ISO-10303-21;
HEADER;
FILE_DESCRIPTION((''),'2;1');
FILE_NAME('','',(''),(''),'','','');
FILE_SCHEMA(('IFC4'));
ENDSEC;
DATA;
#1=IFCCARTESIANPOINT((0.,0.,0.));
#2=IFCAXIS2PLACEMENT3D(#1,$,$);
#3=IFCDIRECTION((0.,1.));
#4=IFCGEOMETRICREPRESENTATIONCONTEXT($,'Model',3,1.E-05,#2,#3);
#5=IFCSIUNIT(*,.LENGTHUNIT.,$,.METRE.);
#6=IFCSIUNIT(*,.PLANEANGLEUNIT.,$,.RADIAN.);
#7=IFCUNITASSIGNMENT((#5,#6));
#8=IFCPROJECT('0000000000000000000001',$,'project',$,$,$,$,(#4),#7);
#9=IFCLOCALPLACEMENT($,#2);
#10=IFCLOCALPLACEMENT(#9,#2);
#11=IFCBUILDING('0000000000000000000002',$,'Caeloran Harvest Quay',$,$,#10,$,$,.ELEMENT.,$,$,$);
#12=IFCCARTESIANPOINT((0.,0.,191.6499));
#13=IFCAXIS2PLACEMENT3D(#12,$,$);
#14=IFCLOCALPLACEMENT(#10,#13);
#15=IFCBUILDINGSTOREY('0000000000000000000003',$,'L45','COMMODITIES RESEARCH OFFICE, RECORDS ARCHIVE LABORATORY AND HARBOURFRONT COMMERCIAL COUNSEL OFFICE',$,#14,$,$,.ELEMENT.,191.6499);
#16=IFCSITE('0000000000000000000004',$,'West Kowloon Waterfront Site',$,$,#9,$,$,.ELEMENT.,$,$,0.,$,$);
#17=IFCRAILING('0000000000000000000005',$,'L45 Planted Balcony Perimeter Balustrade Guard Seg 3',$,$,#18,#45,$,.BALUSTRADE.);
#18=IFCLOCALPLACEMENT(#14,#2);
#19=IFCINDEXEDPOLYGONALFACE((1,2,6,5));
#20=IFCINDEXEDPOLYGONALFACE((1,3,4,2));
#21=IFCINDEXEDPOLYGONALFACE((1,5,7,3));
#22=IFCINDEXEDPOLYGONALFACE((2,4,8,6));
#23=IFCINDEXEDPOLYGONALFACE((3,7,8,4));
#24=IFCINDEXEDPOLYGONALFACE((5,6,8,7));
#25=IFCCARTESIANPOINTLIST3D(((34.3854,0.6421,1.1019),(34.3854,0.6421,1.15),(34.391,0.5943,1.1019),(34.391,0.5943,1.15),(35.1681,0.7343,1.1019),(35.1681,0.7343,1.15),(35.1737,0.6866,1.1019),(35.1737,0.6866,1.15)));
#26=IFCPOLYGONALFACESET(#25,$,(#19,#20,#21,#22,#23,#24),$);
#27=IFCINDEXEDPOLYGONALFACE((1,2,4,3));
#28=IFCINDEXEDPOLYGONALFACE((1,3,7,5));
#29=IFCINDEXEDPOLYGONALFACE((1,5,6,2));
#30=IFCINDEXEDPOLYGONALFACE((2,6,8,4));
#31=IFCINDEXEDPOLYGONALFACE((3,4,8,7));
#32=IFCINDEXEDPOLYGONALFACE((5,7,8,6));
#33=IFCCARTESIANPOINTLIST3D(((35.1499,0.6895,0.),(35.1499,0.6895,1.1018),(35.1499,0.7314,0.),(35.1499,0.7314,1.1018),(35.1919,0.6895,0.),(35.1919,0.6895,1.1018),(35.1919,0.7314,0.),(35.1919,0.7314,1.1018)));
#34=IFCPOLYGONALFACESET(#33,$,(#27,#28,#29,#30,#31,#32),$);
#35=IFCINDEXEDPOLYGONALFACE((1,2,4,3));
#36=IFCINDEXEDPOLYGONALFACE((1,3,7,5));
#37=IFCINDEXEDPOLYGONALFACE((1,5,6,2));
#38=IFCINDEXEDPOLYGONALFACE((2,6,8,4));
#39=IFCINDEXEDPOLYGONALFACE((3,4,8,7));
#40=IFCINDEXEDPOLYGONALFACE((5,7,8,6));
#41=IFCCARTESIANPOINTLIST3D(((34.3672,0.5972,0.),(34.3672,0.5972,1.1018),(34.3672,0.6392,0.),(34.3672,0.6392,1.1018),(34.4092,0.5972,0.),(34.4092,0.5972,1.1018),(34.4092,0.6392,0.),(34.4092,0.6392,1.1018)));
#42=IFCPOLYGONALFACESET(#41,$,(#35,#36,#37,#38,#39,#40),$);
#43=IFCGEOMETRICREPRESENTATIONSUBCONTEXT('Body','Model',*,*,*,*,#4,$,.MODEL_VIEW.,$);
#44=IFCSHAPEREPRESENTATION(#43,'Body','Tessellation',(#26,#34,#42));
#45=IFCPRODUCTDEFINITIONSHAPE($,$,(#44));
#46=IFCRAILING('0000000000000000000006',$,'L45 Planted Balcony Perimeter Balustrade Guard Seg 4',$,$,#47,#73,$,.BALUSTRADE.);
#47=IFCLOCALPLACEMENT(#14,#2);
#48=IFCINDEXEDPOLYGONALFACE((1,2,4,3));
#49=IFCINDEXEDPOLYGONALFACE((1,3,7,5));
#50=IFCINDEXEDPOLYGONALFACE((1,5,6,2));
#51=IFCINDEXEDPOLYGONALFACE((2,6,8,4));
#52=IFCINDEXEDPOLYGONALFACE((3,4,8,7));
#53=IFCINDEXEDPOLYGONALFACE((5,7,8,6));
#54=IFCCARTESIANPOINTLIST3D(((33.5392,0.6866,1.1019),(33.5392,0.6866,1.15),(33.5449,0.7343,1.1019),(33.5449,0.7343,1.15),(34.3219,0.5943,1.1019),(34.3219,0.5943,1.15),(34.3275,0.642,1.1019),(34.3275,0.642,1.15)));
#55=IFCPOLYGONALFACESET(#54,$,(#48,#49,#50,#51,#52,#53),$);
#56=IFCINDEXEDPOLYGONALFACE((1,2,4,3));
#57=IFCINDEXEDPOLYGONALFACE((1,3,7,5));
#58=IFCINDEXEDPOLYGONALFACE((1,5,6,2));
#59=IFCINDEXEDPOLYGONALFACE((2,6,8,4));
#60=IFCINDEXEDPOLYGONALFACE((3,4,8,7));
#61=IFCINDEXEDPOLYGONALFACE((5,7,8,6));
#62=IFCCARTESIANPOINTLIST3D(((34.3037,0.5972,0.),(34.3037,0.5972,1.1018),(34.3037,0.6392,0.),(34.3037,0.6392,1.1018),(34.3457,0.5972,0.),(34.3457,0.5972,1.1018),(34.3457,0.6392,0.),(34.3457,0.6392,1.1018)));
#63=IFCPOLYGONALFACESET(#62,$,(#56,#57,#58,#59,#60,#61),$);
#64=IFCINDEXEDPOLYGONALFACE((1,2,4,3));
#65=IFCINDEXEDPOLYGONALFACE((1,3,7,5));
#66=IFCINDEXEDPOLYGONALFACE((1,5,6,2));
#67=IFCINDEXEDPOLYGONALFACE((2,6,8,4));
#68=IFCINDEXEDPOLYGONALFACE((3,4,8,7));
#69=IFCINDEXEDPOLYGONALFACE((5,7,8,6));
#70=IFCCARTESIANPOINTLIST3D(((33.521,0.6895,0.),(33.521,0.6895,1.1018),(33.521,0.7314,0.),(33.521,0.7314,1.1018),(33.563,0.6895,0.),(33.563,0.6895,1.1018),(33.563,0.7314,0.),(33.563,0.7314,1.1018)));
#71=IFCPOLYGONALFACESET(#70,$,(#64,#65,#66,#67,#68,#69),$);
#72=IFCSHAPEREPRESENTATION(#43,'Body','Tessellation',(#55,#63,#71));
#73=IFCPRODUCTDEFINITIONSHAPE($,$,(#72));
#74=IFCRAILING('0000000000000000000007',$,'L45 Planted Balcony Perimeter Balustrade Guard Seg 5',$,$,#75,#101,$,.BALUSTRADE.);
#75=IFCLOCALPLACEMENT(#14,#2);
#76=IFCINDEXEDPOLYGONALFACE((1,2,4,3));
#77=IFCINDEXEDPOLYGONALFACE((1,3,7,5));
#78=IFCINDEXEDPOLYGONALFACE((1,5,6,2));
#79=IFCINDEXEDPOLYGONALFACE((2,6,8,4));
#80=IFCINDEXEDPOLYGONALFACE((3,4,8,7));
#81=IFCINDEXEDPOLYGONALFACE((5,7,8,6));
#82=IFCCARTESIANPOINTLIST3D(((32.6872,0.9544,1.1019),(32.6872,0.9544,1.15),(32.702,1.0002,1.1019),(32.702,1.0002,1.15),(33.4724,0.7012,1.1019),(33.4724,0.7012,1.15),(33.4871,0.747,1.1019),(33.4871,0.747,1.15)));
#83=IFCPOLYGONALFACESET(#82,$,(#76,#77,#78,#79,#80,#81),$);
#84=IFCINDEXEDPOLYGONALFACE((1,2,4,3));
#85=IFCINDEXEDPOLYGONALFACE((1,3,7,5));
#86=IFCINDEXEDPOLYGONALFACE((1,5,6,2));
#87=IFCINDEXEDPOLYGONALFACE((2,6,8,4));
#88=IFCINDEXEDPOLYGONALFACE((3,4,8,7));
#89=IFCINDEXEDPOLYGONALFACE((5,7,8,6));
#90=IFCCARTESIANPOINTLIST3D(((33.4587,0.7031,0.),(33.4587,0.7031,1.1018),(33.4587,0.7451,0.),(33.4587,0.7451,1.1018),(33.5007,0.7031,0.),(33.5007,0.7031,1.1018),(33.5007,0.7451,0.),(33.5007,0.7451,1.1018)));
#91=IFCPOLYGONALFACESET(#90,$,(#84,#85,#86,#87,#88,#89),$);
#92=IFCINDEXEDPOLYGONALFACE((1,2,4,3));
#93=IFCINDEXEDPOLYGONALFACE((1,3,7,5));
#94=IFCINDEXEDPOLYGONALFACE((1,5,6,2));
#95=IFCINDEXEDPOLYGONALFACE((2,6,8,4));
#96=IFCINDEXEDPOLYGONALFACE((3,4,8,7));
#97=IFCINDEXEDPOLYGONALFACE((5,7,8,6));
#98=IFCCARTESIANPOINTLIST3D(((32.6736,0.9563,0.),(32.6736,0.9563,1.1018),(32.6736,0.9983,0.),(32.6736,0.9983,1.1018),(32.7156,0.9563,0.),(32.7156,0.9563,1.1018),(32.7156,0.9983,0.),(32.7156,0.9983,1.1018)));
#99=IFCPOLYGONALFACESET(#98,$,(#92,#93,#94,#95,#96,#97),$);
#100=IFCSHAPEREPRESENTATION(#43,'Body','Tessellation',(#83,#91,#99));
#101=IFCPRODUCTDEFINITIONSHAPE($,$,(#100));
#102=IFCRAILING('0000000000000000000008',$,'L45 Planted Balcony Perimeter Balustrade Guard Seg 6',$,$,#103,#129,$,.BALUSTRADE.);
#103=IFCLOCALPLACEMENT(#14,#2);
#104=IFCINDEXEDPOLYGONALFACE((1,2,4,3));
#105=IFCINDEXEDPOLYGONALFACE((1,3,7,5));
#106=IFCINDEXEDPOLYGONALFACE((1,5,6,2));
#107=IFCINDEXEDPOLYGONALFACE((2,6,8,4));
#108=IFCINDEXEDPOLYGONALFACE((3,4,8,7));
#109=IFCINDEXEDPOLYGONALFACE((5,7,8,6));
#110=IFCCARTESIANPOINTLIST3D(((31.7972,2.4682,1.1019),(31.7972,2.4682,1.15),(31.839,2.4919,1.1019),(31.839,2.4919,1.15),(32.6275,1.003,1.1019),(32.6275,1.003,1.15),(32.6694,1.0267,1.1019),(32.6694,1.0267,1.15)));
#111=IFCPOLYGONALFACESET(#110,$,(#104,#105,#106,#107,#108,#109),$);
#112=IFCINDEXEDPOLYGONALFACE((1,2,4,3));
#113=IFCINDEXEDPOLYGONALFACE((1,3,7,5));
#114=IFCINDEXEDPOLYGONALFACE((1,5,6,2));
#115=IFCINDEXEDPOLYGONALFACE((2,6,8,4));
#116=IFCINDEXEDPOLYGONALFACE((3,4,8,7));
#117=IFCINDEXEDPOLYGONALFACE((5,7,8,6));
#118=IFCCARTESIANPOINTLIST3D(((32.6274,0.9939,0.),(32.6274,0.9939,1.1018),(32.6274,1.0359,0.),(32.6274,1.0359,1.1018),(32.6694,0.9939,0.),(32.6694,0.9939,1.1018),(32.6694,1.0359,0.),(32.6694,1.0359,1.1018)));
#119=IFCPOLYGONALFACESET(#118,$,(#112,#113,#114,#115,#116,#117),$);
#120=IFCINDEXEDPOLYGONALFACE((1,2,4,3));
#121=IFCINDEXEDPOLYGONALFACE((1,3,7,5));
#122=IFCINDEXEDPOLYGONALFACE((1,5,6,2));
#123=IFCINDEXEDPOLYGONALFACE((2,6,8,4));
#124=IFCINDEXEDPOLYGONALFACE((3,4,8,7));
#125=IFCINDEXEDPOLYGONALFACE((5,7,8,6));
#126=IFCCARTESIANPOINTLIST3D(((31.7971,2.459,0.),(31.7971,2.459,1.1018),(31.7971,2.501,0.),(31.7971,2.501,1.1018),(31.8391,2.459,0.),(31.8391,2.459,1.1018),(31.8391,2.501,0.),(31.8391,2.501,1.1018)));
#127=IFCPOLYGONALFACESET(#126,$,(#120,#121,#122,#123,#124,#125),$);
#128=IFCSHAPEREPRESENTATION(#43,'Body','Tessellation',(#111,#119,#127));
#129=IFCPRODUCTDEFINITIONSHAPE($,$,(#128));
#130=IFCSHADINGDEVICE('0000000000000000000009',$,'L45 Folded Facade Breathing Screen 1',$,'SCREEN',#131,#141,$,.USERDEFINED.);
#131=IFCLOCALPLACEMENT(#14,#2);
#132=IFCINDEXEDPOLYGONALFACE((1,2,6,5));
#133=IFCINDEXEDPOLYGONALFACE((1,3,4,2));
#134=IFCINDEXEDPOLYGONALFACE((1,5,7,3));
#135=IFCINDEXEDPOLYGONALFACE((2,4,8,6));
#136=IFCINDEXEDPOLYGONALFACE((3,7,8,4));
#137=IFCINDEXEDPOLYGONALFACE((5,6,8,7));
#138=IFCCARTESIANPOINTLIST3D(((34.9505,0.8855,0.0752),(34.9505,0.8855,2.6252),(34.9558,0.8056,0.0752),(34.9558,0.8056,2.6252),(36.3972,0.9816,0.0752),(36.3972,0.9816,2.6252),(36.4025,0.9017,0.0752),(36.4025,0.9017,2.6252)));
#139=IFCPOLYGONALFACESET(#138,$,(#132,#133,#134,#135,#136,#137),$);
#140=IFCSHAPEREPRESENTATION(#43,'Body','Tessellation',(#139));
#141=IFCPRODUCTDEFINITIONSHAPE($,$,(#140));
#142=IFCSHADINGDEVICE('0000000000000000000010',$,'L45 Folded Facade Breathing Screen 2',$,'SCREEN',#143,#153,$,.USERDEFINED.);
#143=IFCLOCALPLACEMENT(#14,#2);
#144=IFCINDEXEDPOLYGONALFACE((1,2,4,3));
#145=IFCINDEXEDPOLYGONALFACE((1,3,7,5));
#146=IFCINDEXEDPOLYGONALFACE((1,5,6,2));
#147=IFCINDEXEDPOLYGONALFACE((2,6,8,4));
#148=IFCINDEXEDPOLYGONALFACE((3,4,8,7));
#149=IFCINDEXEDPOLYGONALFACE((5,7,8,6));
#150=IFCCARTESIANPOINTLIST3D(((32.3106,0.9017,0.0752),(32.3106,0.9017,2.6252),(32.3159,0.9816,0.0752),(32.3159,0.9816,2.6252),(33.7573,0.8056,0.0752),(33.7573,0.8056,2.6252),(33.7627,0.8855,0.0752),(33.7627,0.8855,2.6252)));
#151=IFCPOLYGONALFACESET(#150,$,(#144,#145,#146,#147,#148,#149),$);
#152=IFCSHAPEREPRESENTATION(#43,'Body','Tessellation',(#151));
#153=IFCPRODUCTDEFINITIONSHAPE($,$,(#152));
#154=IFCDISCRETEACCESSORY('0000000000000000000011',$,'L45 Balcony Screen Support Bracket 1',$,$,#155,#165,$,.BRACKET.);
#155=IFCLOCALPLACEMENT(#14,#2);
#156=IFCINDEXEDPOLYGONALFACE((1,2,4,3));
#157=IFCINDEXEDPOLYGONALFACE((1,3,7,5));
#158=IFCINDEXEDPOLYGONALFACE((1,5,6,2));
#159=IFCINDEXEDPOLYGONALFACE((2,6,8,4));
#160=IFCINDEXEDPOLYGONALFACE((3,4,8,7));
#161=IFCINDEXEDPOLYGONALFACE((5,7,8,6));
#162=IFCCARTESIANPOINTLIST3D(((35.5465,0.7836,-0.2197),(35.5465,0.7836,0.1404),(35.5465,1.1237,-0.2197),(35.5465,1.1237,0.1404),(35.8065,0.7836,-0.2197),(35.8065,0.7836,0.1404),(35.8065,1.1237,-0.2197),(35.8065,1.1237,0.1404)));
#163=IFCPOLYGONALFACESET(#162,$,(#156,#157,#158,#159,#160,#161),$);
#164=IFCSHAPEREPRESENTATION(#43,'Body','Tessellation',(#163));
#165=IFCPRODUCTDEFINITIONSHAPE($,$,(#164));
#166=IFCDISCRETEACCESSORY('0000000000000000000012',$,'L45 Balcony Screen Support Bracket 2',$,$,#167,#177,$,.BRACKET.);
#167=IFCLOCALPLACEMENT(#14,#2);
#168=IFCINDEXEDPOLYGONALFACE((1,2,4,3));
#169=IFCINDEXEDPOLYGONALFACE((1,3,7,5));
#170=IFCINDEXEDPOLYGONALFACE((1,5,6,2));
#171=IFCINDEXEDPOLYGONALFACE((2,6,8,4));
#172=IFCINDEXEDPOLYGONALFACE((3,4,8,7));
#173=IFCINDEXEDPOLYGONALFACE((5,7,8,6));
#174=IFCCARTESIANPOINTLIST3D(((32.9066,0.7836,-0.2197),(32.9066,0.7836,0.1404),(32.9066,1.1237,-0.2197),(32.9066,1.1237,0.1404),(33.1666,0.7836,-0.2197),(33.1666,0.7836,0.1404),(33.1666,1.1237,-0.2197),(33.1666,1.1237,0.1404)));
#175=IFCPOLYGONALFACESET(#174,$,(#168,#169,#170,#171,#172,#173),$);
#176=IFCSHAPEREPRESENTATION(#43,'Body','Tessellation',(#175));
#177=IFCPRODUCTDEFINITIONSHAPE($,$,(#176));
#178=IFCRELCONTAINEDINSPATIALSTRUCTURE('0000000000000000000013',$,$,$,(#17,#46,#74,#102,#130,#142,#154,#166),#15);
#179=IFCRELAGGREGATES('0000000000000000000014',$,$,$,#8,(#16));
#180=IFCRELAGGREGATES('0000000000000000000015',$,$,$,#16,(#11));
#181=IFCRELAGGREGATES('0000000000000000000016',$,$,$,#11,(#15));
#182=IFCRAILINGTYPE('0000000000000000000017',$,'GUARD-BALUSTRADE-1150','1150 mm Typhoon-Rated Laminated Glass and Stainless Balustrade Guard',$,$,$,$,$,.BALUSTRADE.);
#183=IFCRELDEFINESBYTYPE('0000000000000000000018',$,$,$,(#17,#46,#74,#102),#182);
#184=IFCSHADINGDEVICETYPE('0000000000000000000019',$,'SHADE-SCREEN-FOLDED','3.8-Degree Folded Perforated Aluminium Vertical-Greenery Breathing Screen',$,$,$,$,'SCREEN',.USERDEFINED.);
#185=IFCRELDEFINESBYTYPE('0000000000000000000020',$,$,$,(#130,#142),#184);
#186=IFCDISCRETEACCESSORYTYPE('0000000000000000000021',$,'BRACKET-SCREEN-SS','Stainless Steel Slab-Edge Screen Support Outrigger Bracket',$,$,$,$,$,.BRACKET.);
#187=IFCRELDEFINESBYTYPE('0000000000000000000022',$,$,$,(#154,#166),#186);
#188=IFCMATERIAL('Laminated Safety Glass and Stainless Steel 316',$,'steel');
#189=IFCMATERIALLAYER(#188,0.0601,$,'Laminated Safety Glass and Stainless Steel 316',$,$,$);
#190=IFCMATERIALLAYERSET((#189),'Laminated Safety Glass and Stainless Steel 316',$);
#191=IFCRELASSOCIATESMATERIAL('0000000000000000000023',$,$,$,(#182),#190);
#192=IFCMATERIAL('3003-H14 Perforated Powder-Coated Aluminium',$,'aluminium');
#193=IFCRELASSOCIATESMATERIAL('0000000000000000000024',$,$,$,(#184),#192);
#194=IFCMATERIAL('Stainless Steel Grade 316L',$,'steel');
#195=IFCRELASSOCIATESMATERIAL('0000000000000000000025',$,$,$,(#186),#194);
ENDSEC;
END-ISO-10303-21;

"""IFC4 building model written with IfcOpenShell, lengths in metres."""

from ifc_helpers import new_model, si_unit, direction, frame, origin, origin_2d, place, context, subcontext, project, spatial, rectangle, extrude, material, layer, layer_set, type_object, element, save


model = new_model("IFC4")

# Units and contexts
model_context = context("Model", 3, precision=1e-05, world=origin(), true_north=direction((0.0, 1.0)))
body_context = subcontext(model_context, "Body", "Model", "MODEL_VIEW")
ifc_project = project(units=[si_unit("LENGTHUNIT", "METRE"), si_unit("PLANEANGLEUNIT", "RADIAN")], contexts=[model_context])

# Site, building, storey
site_placement = place(None, origin())
site = spatial("IfcSite", under=ifc_project, at=site_placement, Name="West Kowloon Waterfront Site", CompositionType="ELEMENT", RefElevation=0.0)
building_placement = place(site_placement, origin())
building = spatial("IfcBuilding", under=site, at=building_placement, Name="Caeloran Harvest Quay", CompositionType="ELEMENT")
storey_placement = place(building_placement, frame((0.0, 0.0, 191.6499)))
storey = spatial("IfcBuildingStorey", under=building, at=storey_placement, Name="L45", Description="COMMODITIES RESEARCH OFFICE, RECORDS ARCHIVE LABORATORY AND HARBOURFRONT COMMERCIAL COUNSEL OFFICE", CompositionType="ELEMENT", Elevation=191.6499)

# Railings
ifc_material_1 = material(Name="Laminated Safety Glass and Stainless Steel 316", Category="steel")
ifc_layer_1 = layer(ifc_material_1, 0.0601, Name="Laminated Safety Glass and Stainless Steel 316")
ifc_layer_set_1 = layer_set([ifc_layer_1], Name="Laminated Safety Glass and Stainless Steel 316")
railing_type = type_object("IfcRailingType", Name="GUARD-BALUSTRADE-1150", Description="1150 mm Typhoon-Rated Laminated Glass and Stainless Balustrade Guard", PredefinedType="BALUSTRADE", material=ifc_layer_set_1)
railing_1_placement = place(storey_placement, frame((35.1709, 0.7104, 0.0)))
element("IfcRailing", 1, at=railing_1_placement, inside=storey, type_object=railing_type, Name="L45 Planted Balcony Perimeter Balustrade Guard Seg 3", PredefinedType="BALUSTRADE", context=body_context, shape_type="SweptSolid", body=[
    extrude(rectangle(XDim=0.0481, YDim=0.0481, at=origin_2d()), frame((0.0, 0.0, 1.126), z_axis=(-0.993121, -0.117093, 0.0), x_axis=(0.117093, -0.993121, 0.0)), (0.0, 0.0, 1.0), 0.7881),
    extrude(rectangle(XDim=0.042, YDim=0.042, at=origin_2d()), origin(), (0.0, 0.0, 1.0), 1.1018),
    extrude(rectangle(XDim=0.042, YDim=0.042, at=origin_2d()), frame((-0.7827, -0.0923, 0.0)), (0.0, 0.0, 1.0), 1.1018),
])
railing_2_placement = place(storey_placement, frame((34.3247, 0.6182, 0.0)))
element("IfcRailing", 2, at=railing_2_placement, inside=storey, type_object=railing_type, Name="L45 Planted Balcony Perimeter Balustrade Guard Seg 4", PredefinedType="BALUSTRADE", context=body_context, shape_type="SweptSolid", body=[
    extrude(rectangle(XDim=0.0481, YDim=0.0481, at=origin_2d()), frame((0.0, 0.0, 1.126), z_axis=(-0.993121, 0.117093, 0.0), x_axis=(-0.117093, -0.993121, 0.0)), (0.0, 0.0, 1.0), 0.7881),
    extrude(rectangle(XDim=0.042, YDim=0.042, at=origin_2d()), origin(), (0.0, 0.0, 1.0), 1.1018),
    extrude(rectangle(XDim=0.042, YDim=0.042, at=origin_2d()), frame((-0.7827, 0.0923, 0.0)), (0.0, 0.0, 1.0), 1.1018),
])
railing_3_placement = place(storey_placement, frame((33.4797, 0.7241, 0.0)))
element("IfcRailing", 3, at=railing_3_placement, inside=storey, type_object=railing_type, Name="L45 Planted Balcony Perimeter Balustrade Guard Seg 5", PredefinedType="BALUSTRADE", context=body_context, shape_type="SweptSolid", body=[
    extrude(rectangle(XDim=0.0481, YDim=0.0481, at=origin_2d()), frame((0.0, 0.0, 1.126), z_axis=(-0.951745, 0.30689, 0.0), x_axis=(-0.30689, -0.951745, 0.0)), (0.0, 0.0, 1.0), 0.825),
    extrude(rectangle(XDim=0.042, YDim=0.042, at=origin_2d()), origin(), (0.0, 0.0, 1.0), 1.1018),
    extrude(rectangle(XDim=0.042, YDim=0.042, at=origin_2d()), frame((-0.7852, 0.2532, 0.0)), (0.0, 0.0, 1.0), 1.1018),
])
railing_4_placement = place(storey_placement, frame((32.6484, 1.0149, 0.0)))
element("IfcRailing", 4, at=railing_4_placement, inside=storey, type_object=railing_type, Name="L45 Planted Balcony Perimeter Balustrade Guard Seg 6", PredefinedType="BALUSTRADE", context=body_context, shape_type="SweptSolid", body=[
    extrude(rectangle(XDim=0.0481, YDim=0.0481, at=origin_2d()), frame((0.0, 0.0, 1.126), z_axis=(-0.49306, 0.869995, 0.0), x_axis=(-0.869995, -0.49306, 0.0)), (0.0, 0.0, 1.0), 1.6841),
    extrude(rectangle(XDim=0.042, YDim=0.042, at=origin_2d()), origin(), (0.0, 0.0, 1.0), 1.1018),
    extrude(rectangle(XDim=0.042, YDim=0.042, at=origin_2d()), frame((-0.8303, 1.4651, 0.0)), (0.0, 0.0, 1.0), 1.1018),
])

# Shading devices
ifc_material_2 = material(Name="3003-H14 Perforated Powder-Coated Aluminium", Category="aluminium")
shading_device_type = type_object("IfcShadingDeviceType", Name="SHADE-SCREEN-FOLDED", Description="3.8-Degree Folded Perforated Aluminium Vertical-Greenery Breathing Screen", ElementType="SCREEN", PredefinedType="USERDEFINED", material=ifc_material_2)
for number, where, z_axis, x_axis, name in (
    (5, (35.6765, 0.8936, 0.0752), (0.0, 0.0, 1.0), (0.997801, 0.066274, 0.0), "L45 Folded Facade Breathing Screen 1"),
    (6, (33.0366, 0.8936, 0.0752), (0.0, 0.0, 1.0), (0.997801, -0.066274, 0.0), "L45 Folded Facade Breathing Screen 2"),
):
    element("IfcShadingDevice", number, at=place(storey_placement, frame(where, z_axis=z_axis, x_axis=x_axis)), inside=storey, type_object=shading_device_type, Name=name, ObjectType="SCREEN", PredefinedType="USERDEFINED", context=body_context, shape_type="SweptSolid", body=[
        extrude(rectangle(XDim=1.45, YDim=0.0801, at=origin_2d()), origin(), (0.0, 0.0, 1.0), 2.55),
    ])

# Discrete accessories
ifc_material_3 = material(Name="Stainless Steel Grade 316L", Category="steel")
discrete_accessory_type = type_object("IfcDiscreteAccessoryType", Name="BRACKET-SCREEN-SS", Description="Stainless Steel Slab-Edge Screen Support Outrigger Bracket", PredefinedType="BRACKET", material=ifc_material_3)
for number, where, z_axis, x_axis, name in (
    (7, (35.6765, 0.9536, -0.2197), (0.0, 0.0, 1.0), (1.0, 0.0, 0.0), "L45 Balcony Screen Support Bracket 1"),
    (8, (33.0366, 0.9536, -0.2197), (0.0, 0.0, 1.0), (1.0, 0.0, 0.0), "L45 Balcony Screen Support Bracket 2"),
):
    element("IfcDiscreteAccessory", number, at=place(storey_placement, frame(where, z_axis=z_axis, x_axis=x_axis)), inside=storey, type_object=discrete_accessory_type, Name=name, PredefinedType="BRACKET", context=body_context, shape_type="SweptSolid", body=[
        extrude(rectangle(XDim=0.26, YDim=0.3401, at=origin_2d()), origin(), (0.0, 0.0, 1.0), 0.3601),
    ])

save(model, "model.ifc")
